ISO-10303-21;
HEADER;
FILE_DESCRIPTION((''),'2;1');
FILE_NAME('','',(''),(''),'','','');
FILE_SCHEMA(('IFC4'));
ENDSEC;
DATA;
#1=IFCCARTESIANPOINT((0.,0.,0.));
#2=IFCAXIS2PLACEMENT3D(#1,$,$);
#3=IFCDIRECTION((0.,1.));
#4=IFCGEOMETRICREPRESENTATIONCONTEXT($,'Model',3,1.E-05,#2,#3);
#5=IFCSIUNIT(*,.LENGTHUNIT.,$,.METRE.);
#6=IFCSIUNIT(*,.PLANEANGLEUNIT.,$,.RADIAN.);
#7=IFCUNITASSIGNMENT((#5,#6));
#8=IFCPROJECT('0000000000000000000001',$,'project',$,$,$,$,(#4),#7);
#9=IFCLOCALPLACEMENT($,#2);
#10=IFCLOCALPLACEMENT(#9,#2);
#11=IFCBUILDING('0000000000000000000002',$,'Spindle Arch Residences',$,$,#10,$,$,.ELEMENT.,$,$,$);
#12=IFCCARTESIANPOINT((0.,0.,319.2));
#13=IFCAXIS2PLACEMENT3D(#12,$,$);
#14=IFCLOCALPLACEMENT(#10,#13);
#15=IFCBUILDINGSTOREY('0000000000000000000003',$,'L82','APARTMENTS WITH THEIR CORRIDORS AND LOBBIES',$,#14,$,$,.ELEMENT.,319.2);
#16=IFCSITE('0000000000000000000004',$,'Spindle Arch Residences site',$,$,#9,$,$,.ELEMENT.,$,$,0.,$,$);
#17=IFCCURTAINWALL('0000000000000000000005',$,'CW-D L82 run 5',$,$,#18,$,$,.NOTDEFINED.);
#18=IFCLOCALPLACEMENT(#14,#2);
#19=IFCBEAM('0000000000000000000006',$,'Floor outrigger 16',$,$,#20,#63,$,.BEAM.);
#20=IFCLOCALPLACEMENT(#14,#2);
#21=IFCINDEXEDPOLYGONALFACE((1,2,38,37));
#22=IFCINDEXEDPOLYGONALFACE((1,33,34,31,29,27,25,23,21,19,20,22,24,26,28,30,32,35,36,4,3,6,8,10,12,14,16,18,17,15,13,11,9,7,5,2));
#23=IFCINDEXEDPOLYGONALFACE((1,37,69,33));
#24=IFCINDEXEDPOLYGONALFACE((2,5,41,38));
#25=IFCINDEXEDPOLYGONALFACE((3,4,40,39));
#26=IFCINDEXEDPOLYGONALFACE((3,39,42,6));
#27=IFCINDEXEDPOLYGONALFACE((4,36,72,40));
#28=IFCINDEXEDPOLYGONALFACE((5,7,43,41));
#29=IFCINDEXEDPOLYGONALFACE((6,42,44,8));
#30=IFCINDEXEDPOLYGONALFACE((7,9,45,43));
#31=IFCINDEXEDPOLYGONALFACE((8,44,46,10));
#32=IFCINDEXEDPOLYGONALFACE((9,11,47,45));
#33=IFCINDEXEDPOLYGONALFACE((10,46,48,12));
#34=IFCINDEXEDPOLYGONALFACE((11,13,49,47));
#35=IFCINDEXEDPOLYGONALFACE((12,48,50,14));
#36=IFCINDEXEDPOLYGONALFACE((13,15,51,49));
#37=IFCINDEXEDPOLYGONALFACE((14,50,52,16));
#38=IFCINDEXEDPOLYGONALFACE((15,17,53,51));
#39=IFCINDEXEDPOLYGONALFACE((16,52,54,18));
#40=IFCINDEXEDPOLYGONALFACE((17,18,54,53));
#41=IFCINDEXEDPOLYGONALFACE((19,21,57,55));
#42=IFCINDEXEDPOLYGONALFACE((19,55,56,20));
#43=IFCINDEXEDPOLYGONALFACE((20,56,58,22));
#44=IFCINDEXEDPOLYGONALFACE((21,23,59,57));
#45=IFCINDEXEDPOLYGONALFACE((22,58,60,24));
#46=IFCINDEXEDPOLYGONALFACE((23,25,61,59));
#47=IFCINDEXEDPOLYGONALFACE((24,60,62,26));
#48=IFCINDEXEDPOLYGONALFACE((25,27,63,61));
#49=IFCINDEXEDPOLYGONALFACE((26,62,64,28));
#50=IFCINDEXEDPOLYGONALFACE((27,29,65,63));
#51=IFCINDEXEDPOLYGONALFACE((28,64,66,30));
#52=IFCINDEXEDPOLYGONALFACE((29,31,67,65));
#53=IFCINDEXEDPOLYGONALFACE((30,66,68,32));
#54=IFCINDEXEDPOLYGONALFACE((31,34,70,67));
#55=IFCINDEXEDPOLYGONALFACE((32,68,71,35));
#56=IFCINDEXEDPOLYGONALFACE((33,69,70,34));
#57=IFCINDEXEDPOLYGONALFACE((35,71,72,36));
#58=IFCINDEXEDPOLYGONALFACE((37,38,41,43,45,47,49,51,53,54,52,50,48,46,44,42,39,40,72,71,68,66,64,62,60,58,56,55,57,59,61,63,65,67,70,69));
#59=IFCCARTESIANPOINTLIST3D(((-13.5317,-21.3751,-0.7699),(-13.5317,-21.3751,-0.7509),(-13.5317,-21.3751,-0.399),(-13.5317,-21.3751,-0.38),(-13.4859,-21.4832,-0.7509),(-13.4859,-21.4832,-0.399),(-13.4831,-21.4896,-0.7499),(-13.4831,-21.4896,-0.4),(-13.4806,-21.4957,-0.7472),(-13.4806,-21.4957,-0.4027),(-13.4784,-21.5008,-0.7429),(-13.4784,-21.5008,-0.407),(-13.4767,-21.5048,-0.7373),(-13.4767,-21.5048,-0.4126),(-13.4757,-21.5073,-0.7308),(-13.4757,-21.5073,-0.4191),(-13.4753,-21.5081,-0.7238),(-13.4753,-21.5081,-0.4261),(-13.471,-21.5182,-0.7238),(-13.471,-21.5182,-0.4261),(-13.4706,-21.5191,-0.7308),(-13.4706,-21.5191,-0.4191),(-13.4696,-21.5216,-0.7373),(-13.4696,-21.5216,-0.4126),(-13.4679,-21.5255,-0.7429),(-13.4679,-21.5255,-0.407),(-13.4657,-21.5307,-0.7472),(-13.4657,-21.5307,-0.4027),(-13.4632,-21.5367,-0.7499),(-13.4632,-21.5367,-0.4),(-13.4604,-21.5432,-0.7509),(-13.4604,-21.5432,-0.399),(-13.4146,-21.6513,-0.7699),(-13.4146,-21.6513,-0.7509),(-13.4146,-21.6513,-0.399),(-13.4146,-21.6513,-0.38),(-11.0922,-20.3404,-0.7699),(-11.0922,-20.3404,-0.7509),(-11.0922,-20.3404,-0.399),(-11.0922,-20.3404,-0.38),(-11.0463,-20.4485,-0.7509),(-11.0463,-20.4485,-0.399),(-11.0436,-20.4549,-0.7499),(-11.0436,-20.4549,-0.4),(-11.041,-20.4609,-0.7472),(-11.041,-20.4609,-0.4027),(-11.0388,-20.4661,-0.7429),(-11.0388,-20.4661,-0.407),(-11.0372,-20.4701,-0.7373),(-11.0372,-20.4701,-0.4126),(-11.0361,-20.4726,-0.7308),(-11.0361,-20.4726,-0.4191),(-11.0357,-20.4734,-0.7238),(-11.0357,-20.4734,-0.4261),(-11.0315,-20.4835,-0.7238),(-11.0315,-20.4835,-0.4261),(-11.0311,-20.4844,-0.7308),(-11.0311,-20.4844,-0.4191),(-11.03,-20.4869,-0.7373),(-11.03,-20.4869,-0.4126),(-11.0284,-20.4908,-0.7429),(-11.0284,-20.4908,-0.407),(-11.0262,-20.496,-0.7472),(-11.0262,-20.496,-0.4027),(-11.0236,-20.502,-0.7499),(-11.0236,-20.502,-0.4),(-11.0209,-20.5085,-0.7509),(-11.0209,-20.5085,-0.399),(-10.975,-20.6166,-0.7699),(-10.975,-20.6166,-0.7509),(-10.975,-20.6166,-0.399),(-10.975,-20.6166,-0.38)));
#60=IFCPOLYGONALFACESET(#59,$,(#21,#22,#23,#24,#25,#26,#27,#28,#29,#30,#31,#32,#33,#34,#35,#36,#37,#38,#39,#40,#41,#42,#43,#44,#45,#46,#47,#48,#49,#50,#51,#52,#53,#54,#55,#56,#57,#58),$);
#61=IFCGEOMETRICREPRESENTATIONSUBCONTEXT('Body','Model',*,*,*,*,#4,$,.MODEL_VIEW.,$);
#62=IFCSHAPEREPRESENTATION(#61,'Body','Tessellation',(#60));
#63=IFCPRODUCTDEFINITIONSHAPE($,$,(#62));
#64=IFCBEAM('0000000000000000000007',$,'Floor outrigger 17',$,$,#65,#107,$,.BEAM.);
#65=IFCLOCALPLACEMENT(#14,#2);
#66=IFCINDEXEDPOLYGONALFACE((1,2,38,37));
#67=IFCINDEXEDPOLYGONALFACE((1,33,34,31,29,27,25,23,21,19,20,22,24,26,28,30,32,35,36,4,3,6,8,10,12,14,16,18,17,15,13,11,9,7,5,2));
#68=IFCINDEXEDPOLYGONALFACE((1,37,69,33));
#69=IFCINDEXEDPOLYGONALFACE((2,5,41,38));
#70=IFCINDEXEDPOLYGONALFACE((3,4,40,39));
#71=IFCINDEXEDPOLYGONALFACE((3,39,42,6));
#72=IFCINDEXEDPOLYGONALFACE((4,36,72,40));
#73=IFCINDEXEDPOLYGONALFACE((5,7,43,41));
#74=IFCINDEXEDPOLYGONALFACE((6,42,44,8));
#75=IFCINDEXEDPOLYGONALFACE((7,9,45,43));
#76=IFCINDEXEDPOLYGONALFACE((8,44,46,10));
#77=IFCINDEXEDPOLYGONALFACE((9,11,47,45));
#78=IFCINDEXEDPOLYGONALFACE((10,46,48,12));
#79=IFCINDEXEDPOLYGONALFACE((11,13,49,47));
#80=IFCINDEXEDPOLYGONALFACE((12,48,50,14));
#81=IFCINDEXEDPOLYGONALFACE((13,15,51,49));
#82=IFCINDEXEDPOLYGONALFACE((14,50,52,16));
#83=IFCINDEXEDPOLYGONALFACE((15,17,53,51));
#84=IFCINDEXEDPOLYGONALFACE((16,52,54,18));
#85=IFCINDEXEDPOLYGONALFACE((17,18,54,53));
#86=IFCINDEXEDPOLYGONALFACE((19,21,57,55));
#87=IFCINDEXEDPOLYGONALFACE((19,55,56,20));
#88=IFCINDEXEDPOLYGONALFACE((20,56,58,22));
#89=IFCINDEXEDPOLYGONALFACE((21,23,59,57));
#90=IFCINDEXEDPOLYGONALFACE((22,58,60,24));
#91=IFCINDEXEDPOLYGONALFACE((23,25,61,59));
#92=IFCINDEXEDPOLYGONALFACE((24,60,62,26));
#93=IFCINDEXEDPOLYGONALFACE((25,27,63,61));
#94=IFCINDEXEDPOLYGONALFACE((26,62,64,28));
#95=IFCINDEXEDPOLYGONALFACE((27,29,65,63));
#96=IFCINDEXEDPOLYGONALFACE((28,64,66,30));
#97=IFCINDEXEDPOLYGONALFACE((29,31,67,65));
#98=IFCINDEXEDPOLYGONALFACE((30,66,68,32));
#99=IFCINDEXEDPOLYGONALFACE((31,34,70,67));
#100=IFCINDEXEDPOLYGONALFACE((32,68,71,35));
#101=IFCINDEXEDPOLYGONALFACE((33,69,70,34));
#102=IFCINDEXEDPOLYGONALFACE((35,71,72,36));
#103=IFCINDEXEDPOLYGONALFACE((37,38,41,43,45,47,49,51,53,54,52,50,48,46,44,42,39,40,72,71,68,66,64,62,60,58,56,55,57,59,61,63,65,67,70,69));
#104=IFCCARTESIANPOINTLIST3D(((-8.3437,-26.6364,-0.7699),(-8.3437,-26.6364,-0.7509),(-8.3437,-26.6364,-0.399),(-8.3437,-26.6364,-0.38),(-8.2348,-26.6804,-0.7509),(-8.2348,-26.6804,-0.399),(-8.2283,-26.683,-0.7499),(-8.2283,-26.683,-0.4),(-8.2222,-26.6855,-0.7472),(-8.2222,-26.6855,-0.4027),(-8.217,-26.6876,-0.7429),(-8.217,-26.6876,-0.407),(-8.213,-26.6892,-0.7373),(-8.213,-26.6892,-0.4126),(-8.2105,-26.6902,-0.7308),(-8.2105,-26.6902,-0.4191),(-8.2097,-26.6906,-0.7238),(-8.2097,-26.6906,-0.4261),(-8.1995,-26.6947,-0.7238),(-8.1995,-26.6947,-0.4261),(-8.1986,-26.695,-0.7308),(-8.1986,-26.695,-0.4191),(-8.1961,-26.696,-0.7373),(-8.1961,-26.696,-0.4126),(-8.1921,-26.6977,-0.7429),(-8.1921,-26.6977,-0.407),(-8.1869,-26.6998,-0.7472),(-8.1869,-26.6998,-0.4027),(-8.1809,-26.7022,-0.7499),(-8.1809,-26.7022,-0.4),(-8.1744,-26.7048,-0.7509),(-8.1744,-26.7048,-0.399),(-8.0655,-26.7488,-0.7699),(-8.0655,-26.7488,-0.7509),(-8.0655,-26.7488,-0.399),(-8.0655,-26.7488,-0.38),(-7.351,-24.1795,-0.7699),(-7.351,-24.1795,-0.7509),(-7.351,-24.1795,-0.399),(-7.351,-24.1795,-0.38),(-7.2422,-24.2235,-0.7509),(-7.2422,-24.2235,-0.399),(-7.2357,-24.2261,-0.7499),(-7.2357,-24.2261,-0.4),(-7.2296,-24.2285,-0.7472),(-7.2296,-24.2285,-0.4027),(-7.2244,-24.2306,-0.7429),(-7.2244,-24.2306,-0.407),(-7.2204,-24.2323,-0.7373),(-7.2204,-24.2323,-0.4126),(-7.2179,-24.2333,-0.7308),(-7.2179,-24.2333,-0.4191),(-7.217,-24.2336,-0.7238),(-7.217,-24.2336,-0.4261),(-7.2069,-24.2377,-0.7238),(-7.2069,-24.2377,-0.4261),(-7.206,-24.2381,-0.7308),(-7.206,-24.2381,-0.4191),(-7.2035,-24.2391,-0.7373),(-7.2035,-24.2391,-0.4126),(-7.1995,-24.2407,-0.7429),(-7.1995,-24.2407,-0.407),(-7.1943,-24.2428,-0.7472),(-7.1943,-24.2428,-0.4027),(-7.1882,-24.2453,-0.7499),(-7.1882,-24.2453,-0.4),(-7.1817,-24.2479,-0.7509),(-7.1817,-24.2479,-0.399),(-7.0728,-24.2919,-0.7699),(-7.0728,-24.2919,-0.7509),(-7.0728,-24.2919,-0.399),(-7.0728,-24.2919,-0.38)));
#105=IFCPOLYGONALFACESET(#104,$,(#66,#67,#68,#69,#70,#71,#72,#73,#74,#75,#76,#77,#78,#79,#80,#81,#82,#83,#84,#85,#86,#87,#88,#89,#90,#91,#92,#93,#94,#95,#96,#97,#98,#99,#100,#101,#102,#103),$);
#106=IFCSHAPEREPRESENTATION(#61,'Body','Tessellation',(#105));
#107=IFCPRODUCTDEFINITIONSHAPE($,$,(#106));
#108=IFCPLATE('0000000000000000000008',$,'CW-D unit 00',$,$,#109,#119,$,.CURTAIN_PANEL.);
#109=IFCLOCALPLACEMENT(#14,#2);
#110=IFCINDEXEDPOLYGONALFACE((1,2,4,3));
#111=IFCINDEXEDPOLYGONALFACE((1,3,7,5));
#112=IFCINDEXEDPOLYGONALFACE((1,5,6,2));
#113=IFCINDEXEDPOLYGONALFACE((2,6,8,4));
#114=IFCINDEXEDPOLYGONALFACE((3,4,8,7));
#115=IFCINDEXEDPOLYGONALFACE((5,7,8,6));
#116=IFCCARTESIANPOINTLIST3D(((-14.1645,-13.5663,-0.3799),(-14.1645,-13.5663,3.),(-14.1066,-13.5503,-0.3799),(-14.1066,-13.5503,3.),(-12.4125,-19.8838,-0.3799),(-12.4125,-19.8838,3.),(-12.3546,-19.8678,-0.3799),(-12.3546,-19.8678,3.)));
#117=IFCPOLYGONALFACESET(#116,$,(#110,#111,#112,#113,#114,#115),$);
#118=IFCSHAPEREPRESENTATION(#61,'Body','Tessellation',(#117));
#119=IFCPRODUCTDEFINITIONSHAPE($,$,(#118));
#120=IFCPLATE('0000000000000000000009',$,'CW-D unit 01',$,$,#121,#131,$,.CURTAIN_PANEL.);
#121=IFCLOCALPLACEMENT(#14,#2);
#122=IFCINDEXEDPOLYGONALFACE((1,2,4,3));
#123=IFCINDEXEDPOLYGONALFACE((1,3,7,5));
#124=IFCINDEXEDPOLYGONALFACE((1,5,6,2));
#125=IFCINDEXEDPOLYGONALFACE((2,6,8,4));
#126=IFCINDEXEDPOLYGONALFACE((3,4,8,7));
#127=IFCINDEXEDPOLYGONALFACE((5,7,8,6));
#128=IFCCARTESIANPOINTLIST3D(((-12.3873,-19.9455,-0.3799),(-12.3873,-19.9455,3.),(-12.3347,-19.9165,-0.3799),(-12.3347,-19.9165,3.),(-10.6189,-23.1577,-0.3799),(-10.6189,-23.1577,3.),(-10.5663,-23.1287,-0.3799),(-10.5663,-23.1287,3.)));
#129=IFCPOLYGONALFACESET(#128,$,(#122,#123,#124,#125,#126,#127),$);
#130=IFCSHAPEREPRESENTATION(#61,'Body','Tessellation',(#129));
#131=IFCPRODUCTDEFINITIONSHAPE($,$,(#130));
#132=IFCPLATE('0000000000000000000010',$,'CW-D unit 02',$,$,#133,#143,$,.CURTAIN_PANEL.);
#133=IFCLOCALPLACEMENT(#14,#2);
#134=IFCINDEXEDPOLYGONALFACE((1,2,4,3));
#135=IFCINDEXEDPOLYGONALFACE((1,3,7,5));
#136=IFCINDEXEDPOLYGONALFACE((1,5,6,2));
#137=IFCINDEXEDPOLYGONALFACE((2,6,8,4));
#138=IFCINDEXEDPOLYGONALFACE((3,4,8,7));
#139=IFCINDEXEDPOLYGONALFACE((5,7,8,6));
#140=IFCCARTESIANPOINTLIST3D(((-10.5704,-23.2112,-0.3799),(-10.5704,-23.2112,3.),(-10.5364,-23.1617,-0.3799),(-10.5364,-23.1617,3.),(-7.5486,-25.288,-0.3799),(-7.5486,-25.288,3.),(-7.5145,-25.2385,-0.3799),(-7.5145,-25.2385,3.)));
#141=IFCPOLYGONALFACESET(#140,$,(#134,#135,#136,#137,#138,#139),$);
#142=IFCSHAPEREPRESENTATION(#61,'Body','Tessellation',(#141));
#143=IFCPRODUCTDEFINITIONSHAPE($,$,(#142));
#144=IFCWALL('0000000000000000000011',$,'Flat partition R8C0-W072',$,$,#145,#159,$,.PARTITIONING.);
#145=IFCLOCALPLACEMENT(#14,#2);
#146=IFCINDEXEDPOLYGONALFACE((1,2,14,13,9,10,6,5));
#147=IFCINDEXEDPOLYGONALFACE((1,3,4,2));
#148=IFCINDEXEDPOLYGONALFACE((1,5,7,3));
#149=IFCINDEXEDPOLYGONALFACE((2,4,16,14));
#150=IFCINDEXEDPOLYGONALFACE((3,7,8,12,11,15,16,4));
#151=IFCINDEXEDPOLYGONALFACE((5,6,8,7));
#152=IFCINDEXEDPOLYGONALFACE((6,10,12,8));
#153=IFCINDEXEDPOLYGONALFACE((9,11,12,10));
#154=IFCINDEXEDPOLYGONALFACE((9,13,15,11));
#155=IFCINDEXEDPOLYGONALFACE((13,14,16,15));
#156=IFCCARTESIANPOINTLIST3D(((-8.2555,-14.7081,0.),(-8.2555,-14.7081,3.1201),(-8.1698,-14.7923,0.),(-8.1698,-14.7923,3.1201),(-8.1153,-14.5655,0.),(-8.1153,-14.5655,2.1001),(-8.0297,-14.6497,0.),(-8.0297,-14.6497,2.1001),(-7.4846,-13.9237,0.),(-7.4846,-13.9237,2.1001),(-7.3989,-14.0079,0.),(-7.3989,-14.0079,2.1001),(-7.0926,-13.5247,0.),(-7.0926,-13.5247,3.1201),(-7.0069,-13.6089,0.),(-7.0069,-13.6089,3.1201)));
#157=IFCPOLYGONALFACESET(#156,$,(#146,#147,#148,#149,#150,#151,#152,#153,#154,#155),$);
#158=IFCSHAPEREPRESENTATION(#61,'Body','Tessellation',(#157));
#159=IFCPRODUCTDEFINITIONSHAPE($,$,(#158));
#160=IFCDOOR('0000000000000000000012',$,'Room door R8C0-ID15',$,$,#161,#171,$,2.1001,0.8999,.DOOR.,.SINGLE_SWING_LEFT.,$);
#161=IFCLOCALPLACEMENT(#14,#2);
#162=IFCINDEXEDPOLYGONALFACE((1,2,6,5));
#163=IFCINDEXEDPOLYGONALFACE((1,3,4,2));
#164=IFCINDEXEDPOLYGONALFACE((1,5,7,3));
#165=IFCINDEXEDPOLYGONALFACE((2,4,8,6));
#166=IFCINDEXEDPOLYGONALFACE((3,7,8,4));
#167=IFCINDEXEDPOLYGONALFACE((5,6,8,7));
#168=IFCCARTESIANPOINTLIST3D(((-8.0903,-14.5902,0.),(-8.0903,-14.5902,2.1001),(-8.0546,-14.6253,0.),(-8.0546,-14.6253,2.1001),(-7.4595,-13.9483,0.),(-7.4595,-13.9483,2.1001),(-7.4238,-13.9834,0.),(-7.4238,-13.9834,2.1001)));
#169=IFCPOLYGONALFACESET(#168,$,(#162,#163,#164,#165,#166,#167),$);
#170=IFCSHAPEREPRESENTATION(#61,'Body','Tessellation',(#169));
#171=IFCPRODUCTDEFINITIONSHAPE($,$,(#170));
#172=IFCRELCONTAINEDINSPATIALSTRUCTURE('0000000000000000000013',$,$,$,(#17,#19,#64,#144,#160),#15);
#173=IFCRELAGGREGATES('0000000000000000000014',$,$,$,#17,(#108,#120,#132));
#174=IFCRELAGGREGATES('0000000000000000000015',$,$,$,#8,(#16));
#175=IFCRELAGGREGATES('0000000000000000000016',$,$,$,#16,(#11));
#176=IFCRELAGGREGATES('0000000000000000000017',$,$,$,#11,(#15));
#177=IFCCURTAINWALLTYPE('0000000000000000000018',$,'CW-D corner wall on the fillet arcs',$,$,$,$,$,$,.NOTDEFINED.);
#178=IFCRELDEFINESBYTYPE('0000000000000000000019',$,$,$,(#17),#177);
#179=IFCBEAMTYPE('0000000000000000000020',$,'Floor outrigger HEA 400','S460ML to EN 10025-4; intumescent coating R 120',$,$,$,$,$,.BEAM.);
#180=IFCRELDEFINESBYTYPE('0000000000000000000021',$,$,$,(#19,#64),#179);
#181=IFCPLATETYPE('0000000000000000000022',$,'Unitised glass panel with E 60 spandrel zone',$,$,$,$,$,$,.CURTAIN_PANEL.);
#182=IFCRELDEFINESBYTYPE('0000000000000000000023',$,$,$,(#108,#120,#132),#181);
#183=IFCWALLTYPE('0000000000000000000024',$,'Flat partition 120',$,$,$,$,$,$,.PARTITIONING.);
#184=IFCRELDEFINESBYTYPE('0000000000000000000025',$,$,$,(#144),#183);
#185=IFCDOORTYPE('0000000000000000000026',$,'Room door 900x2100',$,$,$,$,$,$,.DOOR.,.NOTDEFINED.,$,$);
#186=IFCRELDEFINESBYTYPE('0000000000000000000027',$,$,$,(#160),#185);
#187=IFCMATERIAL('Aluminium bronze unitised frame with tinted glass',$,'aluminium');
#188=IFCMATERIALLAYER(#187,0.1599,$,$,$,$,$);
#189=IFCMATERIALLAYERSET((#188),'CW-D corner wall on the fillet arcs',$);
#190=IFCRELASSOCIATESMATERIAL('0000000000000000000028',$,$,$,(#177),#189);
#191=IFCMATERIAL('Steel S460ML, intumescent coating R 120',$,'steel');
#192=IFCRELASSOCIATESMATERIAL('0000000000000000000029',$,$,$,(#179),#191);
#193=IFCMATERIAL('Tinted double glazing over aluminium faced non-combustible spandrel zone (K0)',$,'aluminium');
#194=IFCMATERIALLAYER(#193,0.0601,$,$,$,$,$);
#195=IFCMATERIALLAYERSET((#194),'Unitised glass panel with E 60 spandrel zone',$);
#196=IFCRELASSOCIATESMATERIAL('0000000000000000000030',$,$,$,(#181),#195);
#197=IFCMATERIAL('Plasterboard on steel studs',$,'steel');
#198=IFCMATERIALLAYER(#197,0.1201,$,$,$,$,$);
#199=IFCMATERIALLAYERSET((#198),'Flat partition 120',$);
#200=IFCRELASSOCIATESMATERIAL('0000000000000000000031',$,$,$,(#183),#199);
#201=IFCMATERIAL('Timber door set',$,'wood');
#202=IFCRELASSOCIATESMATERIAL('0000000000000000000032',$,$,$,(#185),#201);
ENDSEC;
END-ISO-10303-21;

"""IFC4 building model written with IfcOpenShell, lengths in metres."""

from ifc_helpers import new_model, si_unit, direction, frame, frame_2d, origin, origin_2d, place, context, subcontext, project, spatial, rectangle, i_section, extrude, material, layer, layer_set, material_profile, profile_set, type_object, element, fill, aggregate, save


model = new_model("IFC4")

# Units and contexts
model_context = context("Model", 3, precision=1e-05, world=origin(), true_north=direction((0.0, 1.0)))
body_context = subcontext(model_context, "Body", "Model", "MODEL_VIEW")
ifc_project = project(units=[si_unit("LENGTHUNIT", "METRE"), si_unit("PLANEANGLEUNIT", "RADIAN")], contexts=[model_context])

# Site, building, storey
site_placement = place(None, origin())
site = spatial("IfcSite", under=ifc_project, at=site_placement, Name="Spindle Arch Residences site", CompositionType="ELEMENT", RefElevation=0.0)
building_placement = place(site_placement, origin())
building = spatial("IfcBuilding", under=site, at=building_placement, Name="Spindle Arch Residences", CompositionType="ELEMENT")
storey_placement = place(building_placement, frame((0.0, 0.0, 319.2)))
storey = spatial("IfcBuildingStorey", under=building, at=storey_placement, Name="L82", Description="APARTMENTS WITH THEIR CORRIDORS AND LOBBIES", CompositionType="ELEMENT", Elevation=319.2)

# Curtain wall
ifc_material_1 = material(Name="Aluminium bronze unitised frame with tinted glass", Category="aluminium")
ifc_layer_1 = layer(ifc_material_1, 0.1599)
ifc_layer_set_1 = layer_set([ifc_layer_1], Name="CW-D corner wall on the fillet arcs")
curtain_wall_type = type_object("IfcCurtainWallType", Name="CW-D corner wall on the fillet arcs", PredefinedType="NOTDEFINED", material=ifc_layer_set_1)
curtain_wall_placement = place(storey_placement, origin())
curtain_wall = element("IfcCurtainWall", 1, at=curtain_wall_placement, inside=storey, type_object=curtain_wall_type, Name="CW-D L82 run 5", PredefinedType="NOTDEFINED")

# Beams
ifc_material_2 = material(Name="Steel S460ML, intumescent coating R 120", Category="steel")
ifc_material_profile_1 = material_profile(ifc_material_2, i_section(OverallWidth=0.3, OverallDepth=0.3899, WebThickness=0.011, FlangeThickness=0.019, FilletRadius=0.0271, at=origin_2d()), Name="HEA 400")
ifc_profile_set_1 = profile_set([ifc_material_profile_1], Name="Steel S460ML, intumescent coating R 120")
beam_type_1 = type_object("IfcBeamType", Name="Floor outrigger HEA 400", Description="S460ML to EN 10025-4; intumescent coating R 120", PredefinedType="BEAM", material=ifc_profile_set_1)
for number, where, z_axis, x_axis, name in (
    (2, (-13.4731, -21.5132, -0.575), (0.920616, 0.390469, 0.0), (-0.390469, 0.920616, 0.0), "Floor outrigger 16"),
    (3, (-8.2046, -26.6926, -0.575), (0.374597, 0.927188, 0.0), (-0.927188, 0.374597, 0.0), "Floor outrigger 17"),
):
    element("IfcBeam", number, at=place(storey_placement, frame(where, z_axis=z_axis, x_axis=x_axis)), inside=storey, type_object=beam_type_1, Name=name, PredefinedType="BEAM", context=body_context, shape_type="SweptSolid", body=[
        extrude(i_section(OverallWidth=0.3, OverallDepth=0.3899, WebThickness=0.011, FlangeThickness=0.019, FilletRadius=0.0271, at=origin_2d()), origin(), (0.0, 0.0, 1.0), 2.6499),
    ])

# Plates
ifc_material_3 = material(Name="Tinted double glazing over aluminium faced non-combustible spandrel zone (K0)", Category="aluminium")
ifc_layer_2 = layer(ifc_material_3, 0.0601)
ifc_layer_set_2 = layer_set([ifc_layer_2], Name="Unitised glass panel with E 60 spandrel zone")
plate_type = type_object("IfcPlateType", Name="Unitised glass panel with E 60 spandrel zone", PredefinedType="CURTAIN_PANEL", material=ifc_layer_set_2)
plate_1_placement = place(storey_placement, frame((-13.2595, -16.717, -0.3799), z_axis=(0.0, 0.0, 1.0), x_axis=(0.267238, -0.96363, 0.0)))
plate_1 = element("IfcPlate", 4, at=plate_1_placement, type_object=plate_type, Name="CW-D unit 00", PredefinedType="CURTAIN_PANEL", context=body_context, shape_type="SweptSolid", body=[
    extrude(rectangle(XDim=6.5559, YDim=0.0601, at=origin_2d()), origin(), (0.0, 0.0, 1.0), 3.3799),
])
plate_2_placement = place(storey_placement, frame((-11.4768, -21.5371, -0.3799), z_axis=(0.0, 0.0, 1.0), x_axis=(0.482263, -0.876026, 0.0)))
plate_2 = element("IfcPlate", 5, at=plate_2_placement, type_object=plate_type, Name="CW-D unit 01", PredefinedType="CURTAIN_PANEL", context=body_context, shape_type="SweptSolid", body=[
    extrude(rectangle(XDim=3.6667, YDim=0.0601, at=origin_2d()), origin(), (0.0, 0.0, 1.0), 3.3799),
])
plate_3_placement = place(storey_placement, frame((-9.0425, -24.2249, -0.3799), z_axis=(0.0, 0.0, 1.0), x_axis=(0.824126, -0.566406, 0.0)))
plate_3 = element("IfcPlate", 6, at=plate_3_placement, type_object=plate_type, Name="CW-D unit 02", PredefinedType="CURTAIN_PANEL", context=body_context, shape_type="SweptSolid", body=[
    extrude(rectangle(XDim=3.6667, YDim=0.0601, at=origin_2d()), origin(), (0.0, 0.0, 1.0), 3.3799),
])
aggregate(curtain_wall, [plate_1, plate_2, plate_3])

# Wall, opening, door
ifc_material_4 = material(Name="Plasterboard on steel studs", Category="steel")
ifc_layer_3 = layer(ifc_material_4, 0.1201)
ifc_layer_set_3 = layer_set([ifc_layer_3], Name="Flat partition 120")
wall_type_1 = type_object("IfcWallType", Name="Flat partition 120", PredefinedType="PARTITIONING", material=ifc_layer_set_3)
wall_1_placement = place(storey_placement, frame((-8.2126, -14.7502, 0.0), z_axis=(0.0, 0.0, 1.0), x_axis=(0.700899, 0.71326, 0.0)))
wall_1 = element("IfcWall", 7, at=wall_1_placement, inside=storey, type_object=wall_type_1, Name="Flat partition R8C0-W072", PredefinedType="PARTITIONING", context=body_context, shape_type="SweptSolid", body=[
    extrude(rectangle(XDim=1.6592, YDim=0.1201, at=frame_2d((0.8296, 0.0))), origin(), (0.0, 0.0, 1.0), 3.1201),
])
opening_1_placement = place(wall_1_placement, frame((0.2, 0.0, 0.0)))
opening_1 = element("IfcOpeningElement", 8, at=opening_1_placement, cuts=wall_1, PredefinedType="OPENING", context=body_context, shape_type="SweptSolid", body=[
    extrude(rectangle(XDim=0.8999, YDim=2.1001, at=frame_2d((0.45, 1.05))), frame((0.0, 0.0701, 0.0), z_axis=(0.0, -1.0, 0.0), x_axis=(1.0, 0.0, 0.0)), (0.0, 0.0, 1.0), 0.1401),
])
ifc_material_5 = material(Name="Timber door set", Category="wood")
door_type_1 = type_object("IfcDoorType", Name="Room door 900x2100", OperationType="NOTDEFINED", PredefinedType="DOOR", material=ifc_material_5)
door_1_placement = place(opening_1_placement, origin())
door_1 = element("IfcDoor", 9, at=door_1_placement, inside=storey, type_object=door_type_1, Name="Room door R8C0-ID15", OperationType="SINGLE_SWING_LEFT", OverallHeight=2.1001, OverallWidth=0.8999, PredefinedType="DOOR", context=body_context, shape_type="SweptSolid", body=[
    extrude(rectangle(XDim=0.8999, YDim=2.1001, at=frame_2d((0.45, 1.05))), frame((0.0, 0.0249, 0.0), z_axis=(0.0, -1.0, 0.0), x_axis=(1.0, 0.0, 0.0)), (0.0, 0.0, 1.0), 0.05),
])
fill(opening_1, door_1)

save(model, "model.ifc")
